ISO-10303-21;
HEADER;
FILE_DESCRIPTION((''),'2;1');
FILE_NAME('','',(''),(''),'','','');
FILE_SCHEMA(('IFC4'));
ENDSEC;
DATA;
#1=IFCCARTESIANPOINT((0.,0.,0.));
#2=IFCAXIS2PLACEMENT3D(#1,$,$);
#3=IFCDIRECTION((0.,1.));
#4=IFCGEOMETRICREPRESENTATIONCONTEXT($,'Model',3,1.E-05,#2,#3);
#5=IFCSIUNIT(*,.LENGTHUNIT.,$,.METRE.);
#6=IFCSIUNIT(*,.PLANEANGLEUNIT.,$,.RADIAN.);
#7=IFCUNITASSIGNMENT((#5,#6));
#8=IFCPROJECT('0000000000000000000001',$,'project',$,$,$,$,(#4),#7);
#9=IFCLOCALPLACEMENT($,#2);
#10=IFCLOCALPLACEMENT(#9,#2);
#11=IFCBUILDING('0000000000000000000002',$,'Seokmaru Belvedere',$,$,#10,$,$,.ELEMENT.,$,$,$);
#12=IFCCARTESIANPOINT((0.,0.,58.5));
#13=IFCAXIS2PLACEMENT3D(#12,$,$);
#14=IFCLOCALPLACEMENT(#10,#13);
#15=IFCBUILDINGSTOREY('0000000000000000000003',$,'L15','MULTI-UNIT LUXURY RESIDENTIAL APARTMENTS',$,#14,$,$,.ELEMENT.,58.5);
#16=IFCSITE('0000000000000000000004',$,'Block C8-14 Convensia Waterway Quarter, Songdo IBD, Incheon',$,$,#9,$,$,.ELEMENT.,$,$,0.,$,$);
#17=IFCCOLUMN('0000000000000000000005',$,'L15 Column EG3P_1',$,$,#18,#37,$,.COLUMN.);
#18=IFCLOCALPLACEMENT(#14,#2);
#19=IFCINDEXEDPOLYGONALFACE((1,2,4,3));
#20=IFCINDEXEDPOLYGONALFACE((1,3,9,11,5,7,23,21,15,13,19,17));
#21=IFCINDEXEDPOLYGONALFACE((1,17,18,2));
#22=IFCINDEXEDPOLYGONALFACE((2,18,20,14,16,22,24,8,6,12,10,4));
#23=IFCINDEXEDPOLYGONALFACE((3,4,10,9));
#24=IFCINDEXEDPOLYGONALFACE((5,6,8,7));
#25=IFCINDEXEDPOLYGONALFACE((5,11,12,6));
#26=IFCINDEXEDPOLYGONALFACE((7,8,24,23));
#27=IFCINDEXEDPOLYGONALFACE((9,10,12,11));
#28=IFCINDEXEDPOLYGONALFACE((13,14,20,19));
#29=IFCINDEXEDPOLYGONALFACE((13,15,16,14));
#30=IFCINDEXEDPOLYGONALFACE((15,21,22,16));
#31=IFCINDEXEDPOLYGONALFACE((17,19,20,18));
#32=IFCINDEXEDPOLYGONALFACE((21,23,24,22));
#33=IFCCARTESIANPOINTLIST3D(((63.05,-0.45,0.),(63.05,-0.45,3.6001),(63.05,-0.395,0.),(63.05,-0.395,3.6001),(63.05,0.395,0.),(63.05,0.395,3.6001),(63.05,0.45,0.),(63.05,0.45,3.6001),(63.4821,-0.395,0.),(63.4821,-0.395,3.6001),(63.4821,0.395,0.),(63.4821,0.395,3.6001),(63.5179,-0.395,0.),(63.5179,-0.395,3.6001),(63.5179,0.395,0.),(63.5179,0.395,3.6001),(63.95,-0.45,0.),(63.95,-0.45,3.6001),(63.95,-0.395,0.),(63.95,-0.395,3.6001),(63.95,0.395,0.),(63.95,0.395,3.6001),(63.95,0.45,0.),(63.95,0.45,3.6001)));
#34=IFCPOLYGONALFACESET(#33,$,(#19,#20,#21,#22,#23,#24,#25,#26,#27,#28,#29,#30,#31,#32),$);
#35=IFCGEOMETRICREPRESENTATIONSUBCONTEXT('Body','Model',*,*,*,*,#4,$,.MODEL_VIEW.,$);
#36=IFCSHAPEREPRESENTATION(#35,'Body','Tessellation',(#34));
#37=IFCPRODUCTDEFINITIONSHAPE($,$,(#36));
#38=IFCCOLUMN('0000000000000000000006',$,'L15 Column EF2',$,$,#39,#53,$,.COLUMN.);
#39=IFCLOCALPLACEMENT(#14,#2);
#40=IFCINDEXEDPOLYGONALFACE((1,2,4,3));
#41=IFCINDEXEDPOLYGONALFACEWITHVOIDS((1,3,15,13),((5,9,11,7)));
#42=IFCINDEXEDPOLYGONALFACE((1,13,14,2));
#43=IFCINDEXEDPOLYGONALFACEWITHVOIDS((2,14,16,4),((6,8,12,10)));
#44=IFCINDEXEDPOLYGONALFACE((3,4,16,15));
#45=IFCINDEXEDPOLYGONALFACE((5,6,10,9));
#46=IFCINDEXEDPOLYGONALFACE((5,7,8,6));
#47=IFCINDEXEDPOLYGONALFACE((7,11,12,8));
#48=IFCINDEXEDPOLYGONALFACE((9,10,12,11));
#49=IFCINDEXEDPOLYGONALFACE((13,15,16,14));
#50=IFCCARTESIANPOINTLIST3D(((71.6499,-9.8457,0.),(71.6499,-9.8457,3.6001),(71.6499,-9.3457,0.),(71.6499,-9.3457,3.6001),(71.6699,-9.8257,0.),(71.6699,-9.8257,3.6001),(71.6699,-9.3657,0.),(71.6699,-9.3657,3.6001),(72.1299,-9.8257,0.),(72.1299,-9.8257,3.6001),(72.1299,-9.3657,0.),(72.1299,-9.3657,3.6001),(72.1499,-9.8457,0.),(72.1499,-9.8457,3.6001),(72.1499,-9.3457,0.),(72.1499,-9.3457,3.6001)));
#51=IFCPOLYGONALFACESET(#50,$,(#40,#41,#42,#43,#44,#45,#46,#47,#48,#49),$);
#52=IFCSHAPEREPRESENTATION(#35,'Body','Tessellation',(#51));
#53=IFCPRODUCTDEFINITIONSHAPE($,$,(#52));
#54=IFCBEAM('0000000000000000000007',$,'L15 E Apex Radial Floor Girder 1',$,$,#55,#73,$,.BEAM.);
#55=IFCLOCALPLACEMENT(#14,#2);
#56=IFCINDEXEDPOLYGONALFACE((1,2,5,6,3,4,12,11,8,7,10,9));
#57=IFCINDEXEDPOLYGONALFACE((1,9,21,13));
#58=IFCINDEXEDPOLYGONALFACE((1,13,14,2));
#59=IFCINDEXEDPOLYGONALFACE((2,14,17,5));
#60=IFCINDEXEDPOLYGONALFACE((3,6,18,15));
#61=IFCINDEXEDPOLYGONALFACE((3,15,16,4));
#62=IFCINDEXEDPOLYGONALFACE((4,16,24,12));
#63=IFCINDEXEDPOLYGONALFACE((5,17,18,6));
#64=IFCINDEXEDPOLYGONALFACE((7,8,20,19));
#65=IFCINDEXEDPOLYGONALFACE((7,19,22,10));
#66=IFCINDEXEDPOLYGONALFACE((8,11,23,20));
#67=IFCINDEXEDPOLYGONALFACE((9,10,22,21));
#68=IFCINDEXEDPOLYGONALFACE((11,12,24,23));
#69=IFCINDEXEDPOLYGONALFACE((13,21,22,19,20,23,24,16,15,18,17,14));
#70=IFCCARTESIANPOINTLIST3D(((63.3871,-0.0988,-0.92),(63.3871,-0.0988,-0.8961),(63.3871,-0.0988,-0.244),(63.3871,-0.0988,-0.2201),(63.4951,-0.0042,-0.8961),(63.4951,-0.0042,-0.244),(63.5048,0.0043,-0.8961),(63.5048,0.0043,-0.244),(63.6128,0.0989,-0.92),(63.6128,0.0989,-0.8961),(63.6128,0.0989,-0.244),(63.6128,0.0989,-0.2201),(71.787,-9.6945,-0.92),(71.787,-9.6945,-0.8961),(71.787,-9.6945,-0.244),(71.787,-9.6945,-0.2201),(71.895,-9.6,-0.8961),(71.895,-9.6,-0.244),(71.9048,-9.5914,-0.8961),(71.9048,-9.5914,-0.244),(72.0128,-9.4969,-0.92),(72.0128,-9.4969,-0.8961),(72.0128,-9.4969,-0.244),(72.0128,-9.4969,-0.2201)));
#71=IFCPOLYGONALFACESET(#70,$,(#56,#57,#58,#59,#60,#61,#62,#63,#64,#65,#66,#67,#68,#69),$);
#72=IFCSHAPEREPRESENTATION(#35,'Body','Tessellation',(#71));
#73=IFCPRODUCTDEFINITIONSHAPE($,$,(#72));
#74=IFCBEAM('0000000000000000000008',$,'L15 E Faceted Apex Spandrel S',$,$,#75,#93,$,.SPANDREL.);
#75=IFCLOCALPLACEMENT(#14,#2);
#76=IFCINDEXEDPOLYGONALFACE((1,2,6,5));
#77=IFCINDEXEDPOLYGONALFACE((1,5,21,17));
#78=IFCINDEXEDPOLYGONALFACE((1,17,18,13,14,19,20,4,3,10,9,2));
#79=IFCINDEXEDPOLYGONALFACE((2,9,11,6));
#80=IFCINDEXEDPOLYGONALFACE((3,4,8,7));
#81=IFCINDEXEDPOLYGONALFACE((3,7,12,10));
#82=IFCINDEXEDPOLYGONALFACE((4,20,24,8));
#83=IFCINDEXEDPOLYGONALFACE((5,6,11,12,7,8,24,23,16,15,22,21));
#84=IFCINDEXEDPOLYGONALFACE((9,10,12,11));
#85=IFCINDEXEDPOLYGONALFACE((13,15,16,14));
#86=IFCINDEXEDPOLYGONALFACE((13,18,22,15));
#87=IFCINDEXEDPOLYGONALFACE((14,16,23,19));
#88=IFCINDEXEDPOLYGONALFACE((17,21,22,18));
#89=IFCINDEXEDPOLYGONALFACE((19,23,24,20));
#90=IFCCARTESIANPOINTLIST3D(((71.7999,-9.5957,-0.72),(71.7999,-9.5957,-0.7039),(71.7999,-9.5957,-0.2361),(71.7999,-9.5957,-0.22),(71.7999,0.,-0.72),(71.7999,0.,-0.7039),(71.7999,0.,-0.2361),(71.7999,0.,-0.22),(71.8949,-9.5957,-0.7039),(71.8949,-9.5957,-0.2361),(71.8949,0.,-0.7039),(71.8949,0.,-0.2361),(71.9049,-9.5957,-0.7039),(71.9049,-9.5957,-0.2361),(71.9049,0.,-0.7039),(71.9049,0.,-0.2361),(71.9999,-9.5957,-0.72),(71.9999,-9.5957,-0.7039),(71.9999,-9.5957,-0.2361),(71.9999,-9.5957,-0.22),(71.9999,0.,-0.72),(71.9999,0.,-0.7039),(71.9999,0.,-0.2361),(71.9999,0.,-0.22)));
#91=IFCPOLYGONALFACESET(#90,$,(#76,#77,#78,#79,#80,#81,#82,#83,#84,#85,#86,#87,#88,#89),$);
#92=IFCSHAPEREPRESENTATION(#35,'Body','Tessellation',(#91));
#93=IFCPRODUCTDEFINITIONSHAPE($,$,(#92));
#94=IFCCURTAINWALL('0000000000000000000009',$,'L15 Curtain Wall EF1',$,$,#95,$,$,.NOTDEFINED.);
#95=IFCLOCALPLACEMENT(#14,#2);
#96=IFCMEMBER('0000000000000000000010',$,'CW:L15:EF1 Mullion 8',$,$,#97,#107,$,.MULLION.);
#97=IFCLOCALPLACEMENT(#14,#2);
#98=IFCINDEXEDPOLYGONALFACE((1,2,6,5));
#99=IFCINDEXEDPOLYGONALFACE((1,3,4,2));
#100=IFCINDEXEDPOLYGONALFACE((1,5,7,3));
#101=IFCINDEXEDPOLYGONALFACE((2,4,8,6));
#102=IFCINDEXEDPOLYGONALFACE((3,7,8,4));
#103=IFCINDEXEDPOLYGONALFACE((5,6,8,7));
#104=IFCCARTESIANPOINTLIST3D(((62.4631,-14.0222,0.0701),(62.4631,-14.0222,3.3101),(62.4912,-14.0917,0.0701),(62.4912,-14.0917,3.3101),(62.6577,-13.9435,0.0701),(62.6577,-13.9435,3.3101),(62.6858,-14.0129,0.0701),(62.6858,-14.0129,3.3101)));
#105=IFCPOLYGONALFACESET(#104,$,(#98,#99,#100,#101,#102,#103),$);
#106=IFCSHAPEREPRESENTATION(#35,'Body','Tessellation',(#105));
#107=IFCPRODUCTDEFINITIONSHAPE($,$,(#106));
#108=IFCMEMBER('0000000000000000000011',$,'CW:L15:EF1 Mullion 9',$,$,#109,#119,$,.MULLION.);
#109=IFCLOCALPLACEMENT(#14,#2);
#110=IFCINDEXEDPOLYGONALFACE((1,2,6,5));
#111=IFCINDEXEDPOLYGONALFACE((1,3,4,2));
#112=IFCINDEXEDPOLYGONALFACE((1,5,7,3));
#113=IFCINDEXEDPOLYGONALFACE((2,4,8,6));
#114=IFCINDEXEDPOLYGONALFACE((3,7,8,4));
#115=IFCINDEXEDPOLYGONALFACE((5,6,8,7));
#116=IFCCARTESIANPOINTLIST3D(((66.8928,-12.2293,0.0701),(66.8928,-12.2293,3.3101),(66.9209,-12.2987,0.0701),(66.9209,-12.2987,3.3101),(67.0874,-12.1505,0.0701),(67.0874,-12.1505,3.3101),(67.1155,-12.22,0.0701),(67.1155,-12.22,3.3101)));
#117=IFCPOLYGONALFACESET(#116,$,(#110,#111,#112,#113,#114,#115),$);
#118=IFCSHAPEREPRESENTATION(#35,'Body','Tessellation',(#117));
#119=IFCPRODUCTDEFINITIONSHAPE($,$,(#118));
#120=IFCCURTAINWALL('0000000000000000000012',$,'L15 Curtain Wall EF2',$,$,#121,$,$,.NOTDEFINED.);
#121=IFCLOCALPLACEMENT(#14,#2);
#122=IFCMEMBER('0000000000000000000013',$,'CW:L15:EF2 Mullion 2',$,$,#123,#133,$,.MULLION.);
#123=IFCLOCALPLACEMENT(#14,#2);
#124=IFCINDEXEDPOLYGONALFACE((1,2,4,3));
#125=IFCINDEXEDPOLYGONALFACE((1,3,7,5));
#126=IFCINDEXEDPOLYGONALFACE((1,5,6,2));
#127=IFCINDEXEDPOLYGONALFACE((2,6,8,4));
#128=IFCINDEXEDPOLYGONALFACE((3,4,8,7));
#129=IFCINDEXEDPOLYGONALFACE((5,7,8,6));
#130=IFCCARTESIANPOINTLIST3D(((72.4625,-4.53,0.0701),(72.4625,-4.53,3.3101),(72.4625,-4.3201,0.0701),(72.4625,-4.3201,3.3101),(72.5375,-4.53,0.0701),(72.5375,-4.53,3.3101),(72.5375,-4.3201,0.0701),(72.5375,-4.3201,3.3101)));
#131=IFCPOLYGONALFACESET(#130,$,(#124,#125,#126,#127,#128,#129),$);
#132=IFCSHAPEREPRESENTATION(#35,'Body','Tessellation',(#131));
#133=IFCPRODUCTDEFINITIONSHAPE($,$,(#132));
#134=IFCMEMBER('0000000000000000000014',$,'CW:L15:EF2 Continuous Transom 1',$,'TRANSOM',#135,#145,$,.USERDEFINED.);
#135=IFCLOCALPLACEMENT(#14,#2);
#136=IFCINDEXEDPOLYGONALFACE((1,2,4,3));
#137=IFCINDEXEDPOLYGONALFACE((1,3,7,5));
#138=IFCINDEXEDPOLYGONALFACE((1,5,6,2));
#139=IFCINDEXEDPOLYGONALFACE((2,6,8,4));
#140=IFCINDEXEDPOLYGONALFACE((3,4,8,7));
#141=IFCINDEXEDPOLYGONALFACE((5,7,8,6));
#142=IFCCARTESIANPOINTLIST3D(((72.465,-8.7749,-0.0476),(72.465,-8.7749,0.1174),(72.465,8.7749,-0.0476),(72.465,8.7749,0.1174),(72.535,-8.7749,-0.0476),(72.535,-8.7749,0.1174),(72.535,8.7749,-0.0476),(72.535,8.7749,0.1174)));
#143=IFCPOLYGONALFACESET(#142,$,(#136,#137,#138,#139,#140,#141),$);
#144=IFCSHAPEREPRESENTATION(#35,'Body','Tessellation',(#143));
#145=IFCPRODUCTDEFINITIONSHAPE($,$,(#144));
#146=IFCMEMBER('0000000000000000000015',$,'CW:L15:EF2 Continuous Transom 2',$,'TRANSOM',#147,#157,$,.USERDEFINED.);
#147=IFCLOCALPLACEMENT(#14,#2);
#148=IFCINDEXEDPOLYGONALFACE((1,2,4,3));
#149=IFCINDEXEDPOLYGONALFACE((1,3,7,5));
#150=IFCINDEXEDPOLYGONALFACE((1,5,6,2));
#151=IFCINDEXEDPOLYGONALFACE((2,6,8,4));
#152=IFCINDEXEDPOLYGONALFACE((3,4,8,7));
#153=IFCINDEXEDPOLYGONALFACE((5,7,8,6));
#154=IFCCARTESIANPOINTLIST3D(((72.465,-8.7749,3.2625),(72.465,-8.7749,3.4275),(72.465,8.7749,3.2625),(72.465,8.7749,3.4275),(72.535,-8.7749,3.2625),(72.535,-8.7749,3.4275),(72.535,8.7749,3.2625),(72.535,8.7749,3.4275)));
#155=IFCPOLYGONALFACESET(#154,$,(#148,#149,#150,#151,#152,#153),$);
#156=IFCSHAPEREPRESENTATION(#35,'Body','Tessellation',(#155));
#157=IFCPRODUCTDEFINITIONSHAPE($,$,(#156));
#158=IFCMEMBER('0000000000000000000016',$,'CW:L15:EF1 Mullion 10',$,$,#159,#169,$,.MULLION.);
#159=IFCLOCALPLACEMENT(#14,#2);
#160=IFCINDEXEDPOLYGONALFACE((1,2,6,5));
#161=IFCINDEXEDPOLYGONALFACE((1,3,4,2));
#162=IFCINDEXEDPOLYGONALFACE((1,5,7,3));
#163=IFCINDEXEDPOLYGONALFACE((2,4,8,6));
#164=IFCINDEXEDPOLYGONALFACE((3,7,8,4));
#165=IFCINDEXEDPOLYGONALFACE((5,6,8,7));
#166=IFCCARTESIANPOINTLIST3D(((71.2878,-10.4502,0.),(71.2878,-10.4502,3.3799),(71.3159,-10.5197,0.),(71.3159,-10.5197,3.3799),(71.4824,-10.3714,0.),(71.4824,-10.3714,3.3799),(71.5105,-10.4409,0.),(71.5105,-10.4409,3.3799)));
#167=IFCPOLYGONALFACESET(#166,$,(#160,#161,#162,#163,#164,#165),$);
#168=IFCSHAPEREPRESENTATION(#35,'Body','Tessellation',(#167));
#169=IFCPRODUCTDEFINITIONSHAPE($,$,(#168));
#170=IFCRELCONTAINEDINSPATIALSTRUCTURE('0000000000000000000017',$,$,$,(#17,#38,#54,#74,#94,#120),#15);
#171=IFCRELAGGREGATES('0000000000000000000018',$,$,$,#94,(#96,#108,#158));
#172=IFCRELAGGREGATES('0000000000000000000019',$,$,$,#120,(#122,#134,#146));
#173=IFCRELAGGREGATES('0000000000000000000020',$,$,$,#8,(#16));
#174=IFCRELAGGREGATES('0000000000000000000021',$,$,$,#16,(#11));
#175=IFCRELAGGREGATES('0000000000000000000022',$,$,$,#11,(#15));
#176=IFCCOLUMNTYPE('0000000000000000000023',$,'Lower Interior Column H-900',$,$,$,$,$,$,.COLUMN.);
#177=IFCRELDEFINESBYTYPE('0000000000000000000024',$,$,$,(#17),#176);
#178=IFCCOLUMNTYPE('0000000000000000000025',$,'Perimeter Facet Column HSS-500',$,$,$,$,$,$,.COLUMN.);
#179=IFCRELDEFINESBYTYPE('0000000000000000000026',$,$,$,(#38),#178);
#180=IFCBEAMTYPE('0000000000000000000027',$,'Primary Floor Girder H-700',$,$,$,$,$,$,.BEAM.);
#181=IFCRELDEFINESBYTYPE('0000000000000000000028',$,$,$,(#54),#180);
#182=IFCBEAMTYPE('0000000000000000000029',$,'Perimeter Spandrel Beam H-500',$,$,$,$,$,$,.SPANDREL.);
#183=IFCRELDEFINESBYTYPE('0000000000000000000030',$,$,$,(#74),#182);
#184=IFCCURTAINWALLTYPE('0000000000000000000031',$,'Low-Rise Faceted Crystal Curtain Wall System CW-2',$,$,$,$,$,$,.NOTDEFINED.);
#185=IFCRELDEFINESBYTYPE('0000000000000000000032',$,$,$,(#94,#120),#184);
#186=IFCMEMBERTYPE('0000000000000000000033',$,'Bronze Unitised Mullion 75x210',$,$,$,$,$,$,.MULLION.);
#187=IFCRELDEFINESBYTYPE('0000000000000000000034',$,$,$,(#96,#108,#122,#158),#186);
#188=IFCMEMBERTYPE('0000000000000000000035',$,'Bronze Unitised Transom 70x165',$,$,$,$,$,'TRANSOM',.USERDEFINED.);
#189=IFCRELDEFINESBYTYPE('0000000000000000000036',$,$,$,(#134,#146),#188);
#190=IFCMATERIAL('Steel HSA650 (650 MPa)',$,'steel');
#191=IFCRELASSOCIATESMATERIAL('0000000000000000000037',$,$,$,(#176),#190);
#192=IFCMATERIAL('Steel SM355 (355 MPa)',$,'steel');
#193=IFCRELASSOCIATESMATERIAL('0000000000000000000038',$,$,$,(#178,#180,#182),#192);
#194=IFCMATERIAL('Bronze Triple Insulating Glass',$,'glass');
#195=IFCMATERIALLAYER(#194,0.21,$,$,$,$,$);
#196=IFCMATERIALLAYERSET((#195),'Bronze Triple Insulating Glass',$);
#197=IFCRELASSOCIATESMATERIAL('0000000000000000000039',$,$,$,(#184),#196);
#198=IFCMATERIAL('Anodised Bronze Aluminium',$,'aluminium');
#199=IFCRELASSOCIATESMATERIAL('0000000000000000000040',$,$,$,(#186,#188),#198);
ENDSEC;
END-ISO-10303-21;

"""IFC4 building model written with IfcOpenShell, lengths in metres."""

from ifc_helpers import new_model, si_unit, direction, frame, origin, origin_2d, place, context, subcontext, project, spatial, rectangle, hollow_rectangle, i_section, extrude, source, transform, mapped, material, layer, layer_set, material_profile, profile_set, type_object, type_shapes, element, aggregate, save


model = new_model("IFC4")

# Units and contexts
model_context = context("Model", 3, precision=1e-05, world=origin(), true_north=direction((0.0, 1.0)))
body_context = subcontext(model_context, "Body", "Model", "MODEL_VIEW")
ifc_project = project(units=[si_unit("LENGTHUNIT", "METRE"), si_unit("PLANEANGLEUNIT", "RADIAN")], contexts=[model_context])

# Site, building, storey
site_placement = place(None, origin())
site = spatial("IfcSite", under=ifc_project, at=site_placement, Name="Block C8-14 Convensia Waterway Quarter, Songdo IBD, Incheon", CompositionType="ELEMENT", RefElevation=0.0)
building_placement = place(site_placement, origin())
building = spatial("IfcBuilding", under=site, at=building_placement, Name="Seokmaru Belvedere", CompositionType="ELEMENT")
storey_placement = place(building_placement, frame((0.0, 0.0, 58.5)))
storey = spatial("IfcBuildingStorey", under=building, at=storey_placement, Name="L15", Description="MULTI-UNIT LUXURY RESIDENTIAL APARTMENTS", CompositionType="ELEMENT", Elevation=58.5)

# Columns
ifc_material_1 = material(Name="Steel HSA650 (650 MPa)", Category="steel")
ifc_material_profile_1 = material_profile(ifc_material_1, i_section(OverallWidth=0.8999, OverallDepth=0.8999, WebThickness=0.0359, FlangeThickness=0.0549, at=origin_2d()), Name="H-900x900x36x55")
ifc_profile_set_1 = profile_set([ifc_material_profile_1], Name="Steel HSA650 (650 MPa)")
column_type_1 = type_object("IfcColumnType", Name="Lower Interior Column H-900", PredefinedType="COLUMN", material=ifc_profile_set_1)
shared_shape_1 = source(origin(), body_context, "Body", "SweptSolid", [
    extrude(i_section(OverallWidth=0.8999, OverallDepth=0.8999, WebThickness=0.0359, FlangeThickness=0.0549, at=origin_2d()), origin(), (0.0, 0.0, 1.0), 3.6001),
])
type_shapes(column_type_1, [shared_shape_1])
column_1_placement = place(storey_placement, frame((63.5, 0.0, 0.0), z_axis=(0.0, 0.0, 1.0), x_axis=(1.0, 0.0, 0.0)))
element("IfcColumn", 1, at=column_1_placement, inside=storey, type_object=column_type_1, Name="L15 Column EG3P_1", PredefinedType="COLUMN", context=body_context, shape_type="MappedRepresentation", body=[
    mapped(shared_shape_1, transform((0.0, 0.0, 0.0), scale=1.0)),
])
ifc_material_2 = material(Name="Steel SM355 (355 MPa)", Category="steel")
ifc_material_profile_2 = material_profile(ifc_material_2, hollow_rectangle(XDim=0.5, YDim=0.5, WallThickness=0.02, at=origin_2d()), Name="HSS-500x500x20")
ifc_profile_set_2 = profile_set([ifc_material_profile_2], Name="Steel SM355 (355 MPa)")
column_type_2 = type_object("IfcColumnType", Name="Perimeter Facet Column HSS-500", PredefinedType="COLUMN", material=ifc_profile_set_2)
shared_shape_2 = source(origin(), body_context, "Body", "SweptSolid", [
    extrude(hollow_rectangle(XDim=0.5, YDim=0.5, WallThickness=0.02, at=origin_2d()), origin(), (0.0, 0.0, 1.0), 3.6001),
])
type_shapes(column_type_2, [shared_shape_2])
column_2_placement = place(storey_placement, frame((71.8999, -9.5957, 0.0), z_axis=(0.0, 0.0, 1.0), x_axis=(1.0, 0.0, 0.0)))
element("IfcColumn", 2, at=column_2_placement, inside=storey, type_object=column_type_2, Name="L15 Column EF2", PredefinedType="COLUMN", context=body_context, shape_type="MappedRepresentation", body=[
    mapped(shared_shape_2, transform((0.0, 0.0, 0.0), scale=1.0)),
])

# Beams
ifc_material_profile_3 = material_profile(ifc_material_2, i_section(OverallWidth=0.3, OverallDepth=0.7, WebThickness=0.0129, FlangeThickness=0.0239, at=origin_2d()), Name="H-700x300x13x24")
ifc_profile_set_3 = profile_set([ifc_material_profile_3], Name="Steel SM355 (355 MPa)")
beam_type_1 = type_object("IfcBeamType", Name="Primary Floor Girder H-700", PredefinedType="BEAM", material=ifc_profile_set_3)
shared_shape_3 = source(origin(), body_context, "Body", "SweptSolid", [
    extrude(i_section(OverallWidth=0.3, OverallDepth=0.7, WebThickness=0.0129, FlangeThickness=0.0239, at=origin_2d()), origin(), (0.0, 0.0, 1.0), 12.7529),
])
type_shapes(beam_type_1, [shared_shape_3])
beam_1_placement = place(storey_placement, frame((71.8999, -9.5957, -0.5701), z_axis=(-0.658667, 0.752434, 0.0), x_axis=(-0.752434, -0.658667, 0.0)))
element("IfcBeam", 3, at=beam_1_placement, inside=storey, type_object=beam_type_1, Name="L15 E Apex Radial Floor Girder 1", PredefinedType="BEAM", context=body_context, shape_type="MappedRepresentation", body=[
    mapped(shared_shape_3, transform((0.0, 0.0, 0.0), scale=1.0)),
])
ifc_material_profile_4 = material_profile(ifc_material_2, i_section(OverallWidth=0.2, OverallDepth=0.5, WebThickness=0.01, FlangeThickness=0.0161, at=origin_2d()), Name="H-500x200x10x16")
ifc_profile_set_4 = profile_set([ifc_material_profile_4], Name="Steel SM355 (355 MPa)")
beam_type_2 = type_object("IfcBeamType", Name="Perimeter Spandrel Beam H-500", PredefinedType="SPANDREL", material=ifc_profile_set_4)
shared_shape_4 = source(origin(), body_context, "Body", "SweptSolid", [
    extrude(i_section(OverallWidth=0.2, OverallDepth=0.5, WebThickness=0.01, FlangeThickness=0.0161, at=origin_2d()), origin(), (0.0, 0.0, 1.0), 9.5957),
])
type_shapes(beam_type_2, [shared_shape_4])
beam_2_placement = place(storey_placement, frame((71.8999, -9.5957, -0.47), z_axis=(0.0, 1.0, 0.0), x_axis=(-1.0, 0.0, 0.0)))
element("IfcBeam", 4, at=beam_2_placement, inside=storey, type_object=beam_type_2, Name="L15 E Faceted Apex Spandrel S", PredefinedType="SPANDREL", context=body_context, shape_type="MappedRepresentation", body=[
    mapped(shared_shape_4, transform((0.0, 0.0, 0.0), scale=1.0)),
])

# Curtain walls, members
ifc_material_3 = material(Name="Bronze Triple Insulating Glass", Category="glass")
ifc_layer_1 = layer(ifc_material_3, 0.21)
ifc_layer_set_1 = layer_set([ifc_layer_1], Name="Bronze Triple Insulating Glass")
curtain_wall_type = type_object("IfcCurtainWallType", Name="Low-Rise Faceted Crystal Curtain Wall System CW-2", PredefinedType="NOTDEFINED", material=ifc_layer_set_1)
curtain_wall_1_placement = place(storey_placement, origin())
curtain_wall_1 = element("IfcCurtainWall", 5, at=curtain_wall_1_placement, inside=storey, type_object=curtain_wall_type, Name="L15 Curtain Wall EF1", PredefinedType="NOTDEFINED")
ifc_material_4 = material(Name="Anodised Bronze Aluminium", Category="aluminium")
ifc_material_profile_5 = material_profile(ifc_material_4, rectangle(XDim=0.075, YDim=0.21, at=origin_2d()), Name="CW-M-75x210")
ifc_profile_set_5 = profile_set([ifc_material_profile_5], Name="Anodised Bronze Aluminium")
member_type_1 = type_object("IfcMemberType", Name="Bronze Unitised Mullion 75x210", PredefinedType="MULLION", material=ifc_profile_set_5)
shared_shape_5 = source(origin(), body_context, "Body", "SweptSolid", [
    extrude(rectangle(XDim=0.075, YDim=0.21, at=origin_2d()), origin(), (0.0, 0.0, 1.0), 3.24),
])
member_1_placement = place(storey_placement, frame((62.5745, -14.0176, 0.0701), z_axis=(0.0, 0.0, 1.0), x_axis=(-0.375192, 0.926947, 0.0)))
member_1 = element("IfcMember", 6, at=member_1_placement, type_object=member_type_1, Name="CW:L15:EF1 Mullion 8", PredefinedType="MULLION", context=body_context, shape_type="MappedRepresentation", body=[
    mapped(shared_shape_5, transform((0.0, 0.0, 0.0), scale=1.0)),
])
member_2_placement = place(storey_placement, frame((67.0042, -12.2246, 0.0701), z_axis=(0.0, 0.0, 1.0), x_axis=(-0.375192, 0.926947, 0.0)))
member_2 = element("IfcMember", 7, at=member_2_placement, type_object=member_type_1, Name="CW:L15:EF1 Mullion 9", PredefinedType="MULLION", context=body_context, shape_type="MappedRepresentation", body=[
    mapped(shared_shape_5, transform((0.0, 0.0, 0.0), scale=1.0)),
])
curtain_wall_2_placement = place(storey_placement, origin())
curtain_wall_2 = element("IfcCurtainWall", 8, at=curtain_wall_2_placement, inside=storey, type_object=curtain_wall_type, Name="L15 Curtain Wall EF2", PredefinedType="NOTDEFINED")
member_3_placement = place(storey_placement, frame((72.5, -4.425, 0.0701), z_axis=(0.0, 0.0, 1.0), x_axis=(-1.0, 0.0, 0.0)))
member_3 = element("IfcMember", 9, at=member_3_placement, type_object=member_type_1, Name="CW:L15:EF2 Mullion 2", PredefinedType="MULLION", context=body_context, shape_type="MappedRepresentation", body=[
    mapped(shared_shape_5, transform((0.0, 0.0, 0.0), scale=1.0)),
])
ifc_material_profile_6 = material_profile(ifc_material_4, rectangle(XDim=0.0701, YDim=0.165, at=origin_2d()), Name="CW-T-70x165")
ifc_profile_set_6 = profile_set([ifc_material_profile_6], Name="Anodised Bronze Aluminium")
member_type_2 = type_object("IfcMemberType", Name="Bronze Unitised Transom 70x165", ElementType="TRANSOM", PredefinedType="USERDEFINED", material=ifc_profile_set_6)
shared_shape_6 = source(origin(), body_context, "Body", "SweptSolid", [
    extrude(rectangle(XDim=0.0701, YDim=0.165, at=origin_2d()), origin(), (0.0, 0.0, 1.0), 17.5498),
])
type_shapes(member_type_2, [shared_shape_6])
member_4_placement = place(storey_placement, frame((72.5, -8.7749, 0.0349), z_axis=(0.0, 1.0, 0.0), x_axis=(-1.0, 0.0, 0.0)))
member_4 = element("IfcMember", 10, at=member_4_placement, type_object=member_type_2, Name="CW:L15:EF2 Continuous Transom 1", ObjectType="TRANSOM", PredefinedType="USERDEFINED", context=body_context, shape_type="MappedRepresentation", body=[
    mapped(shared_shape_6, transform((0.0, 0.0, 0.0), scale=1.0)),
])
member_5_placement = place(storey_placement, frame((72.5, -8.7749, 3.345), z_axis=(0.0, 1.0, 0.0), x_axis=(-1.0, 0.0, 0.0)))
member_5 = element("IfcMember", 11, at=member_5_placement, type_object=member_type_2, Name="CW:L15:EF2 Continuous Transom 2", ObjectType="TRANSOM", PredefinedType="USERDEFINED", context=body_context, shape_type="MappedRepresentation", body=[
    mapped(shared_shape_6, transform((0.0, 0.0, 0.0), scale=1.0)),
])

# Member
shared_shape_7 = source(origin(), body_context, "Body", "SweptSolid", [
    extrude(rectangle(XDim=0.075, YDim=0.21, at=origin_2d()), origin(), (0.0, 0.0, 1.0), 3.3799),
])
type_shapes(member_type_1, [shared_shape_5, shared_shape_7])
member_6_placement = place(storey_placement, frame((71.3992, -10.4456, 0.0), z_axis=(0.0, 0.0, 1.0), x_axis=(-0.375192, 0.926947, 0.0)))
member_6 = element("IfcMember", 12, at=member_6_placement, type_object=member_type_1, Name="CW:L15:EF1 Mullion 10", PredefinedType="MULLION", context=body_context, shape_type="MappedRepresentation", body=[
    mapped(shared_shape_7, transform((0.0, 0.0, 0.0), scale=1.0)),
])

aggregate(curtain_wall_1, [member_1, member_2, member_6])
aggregate(curtain_wall_2, [member_3, member_4, member_5])

save(model, "model.ifc")
